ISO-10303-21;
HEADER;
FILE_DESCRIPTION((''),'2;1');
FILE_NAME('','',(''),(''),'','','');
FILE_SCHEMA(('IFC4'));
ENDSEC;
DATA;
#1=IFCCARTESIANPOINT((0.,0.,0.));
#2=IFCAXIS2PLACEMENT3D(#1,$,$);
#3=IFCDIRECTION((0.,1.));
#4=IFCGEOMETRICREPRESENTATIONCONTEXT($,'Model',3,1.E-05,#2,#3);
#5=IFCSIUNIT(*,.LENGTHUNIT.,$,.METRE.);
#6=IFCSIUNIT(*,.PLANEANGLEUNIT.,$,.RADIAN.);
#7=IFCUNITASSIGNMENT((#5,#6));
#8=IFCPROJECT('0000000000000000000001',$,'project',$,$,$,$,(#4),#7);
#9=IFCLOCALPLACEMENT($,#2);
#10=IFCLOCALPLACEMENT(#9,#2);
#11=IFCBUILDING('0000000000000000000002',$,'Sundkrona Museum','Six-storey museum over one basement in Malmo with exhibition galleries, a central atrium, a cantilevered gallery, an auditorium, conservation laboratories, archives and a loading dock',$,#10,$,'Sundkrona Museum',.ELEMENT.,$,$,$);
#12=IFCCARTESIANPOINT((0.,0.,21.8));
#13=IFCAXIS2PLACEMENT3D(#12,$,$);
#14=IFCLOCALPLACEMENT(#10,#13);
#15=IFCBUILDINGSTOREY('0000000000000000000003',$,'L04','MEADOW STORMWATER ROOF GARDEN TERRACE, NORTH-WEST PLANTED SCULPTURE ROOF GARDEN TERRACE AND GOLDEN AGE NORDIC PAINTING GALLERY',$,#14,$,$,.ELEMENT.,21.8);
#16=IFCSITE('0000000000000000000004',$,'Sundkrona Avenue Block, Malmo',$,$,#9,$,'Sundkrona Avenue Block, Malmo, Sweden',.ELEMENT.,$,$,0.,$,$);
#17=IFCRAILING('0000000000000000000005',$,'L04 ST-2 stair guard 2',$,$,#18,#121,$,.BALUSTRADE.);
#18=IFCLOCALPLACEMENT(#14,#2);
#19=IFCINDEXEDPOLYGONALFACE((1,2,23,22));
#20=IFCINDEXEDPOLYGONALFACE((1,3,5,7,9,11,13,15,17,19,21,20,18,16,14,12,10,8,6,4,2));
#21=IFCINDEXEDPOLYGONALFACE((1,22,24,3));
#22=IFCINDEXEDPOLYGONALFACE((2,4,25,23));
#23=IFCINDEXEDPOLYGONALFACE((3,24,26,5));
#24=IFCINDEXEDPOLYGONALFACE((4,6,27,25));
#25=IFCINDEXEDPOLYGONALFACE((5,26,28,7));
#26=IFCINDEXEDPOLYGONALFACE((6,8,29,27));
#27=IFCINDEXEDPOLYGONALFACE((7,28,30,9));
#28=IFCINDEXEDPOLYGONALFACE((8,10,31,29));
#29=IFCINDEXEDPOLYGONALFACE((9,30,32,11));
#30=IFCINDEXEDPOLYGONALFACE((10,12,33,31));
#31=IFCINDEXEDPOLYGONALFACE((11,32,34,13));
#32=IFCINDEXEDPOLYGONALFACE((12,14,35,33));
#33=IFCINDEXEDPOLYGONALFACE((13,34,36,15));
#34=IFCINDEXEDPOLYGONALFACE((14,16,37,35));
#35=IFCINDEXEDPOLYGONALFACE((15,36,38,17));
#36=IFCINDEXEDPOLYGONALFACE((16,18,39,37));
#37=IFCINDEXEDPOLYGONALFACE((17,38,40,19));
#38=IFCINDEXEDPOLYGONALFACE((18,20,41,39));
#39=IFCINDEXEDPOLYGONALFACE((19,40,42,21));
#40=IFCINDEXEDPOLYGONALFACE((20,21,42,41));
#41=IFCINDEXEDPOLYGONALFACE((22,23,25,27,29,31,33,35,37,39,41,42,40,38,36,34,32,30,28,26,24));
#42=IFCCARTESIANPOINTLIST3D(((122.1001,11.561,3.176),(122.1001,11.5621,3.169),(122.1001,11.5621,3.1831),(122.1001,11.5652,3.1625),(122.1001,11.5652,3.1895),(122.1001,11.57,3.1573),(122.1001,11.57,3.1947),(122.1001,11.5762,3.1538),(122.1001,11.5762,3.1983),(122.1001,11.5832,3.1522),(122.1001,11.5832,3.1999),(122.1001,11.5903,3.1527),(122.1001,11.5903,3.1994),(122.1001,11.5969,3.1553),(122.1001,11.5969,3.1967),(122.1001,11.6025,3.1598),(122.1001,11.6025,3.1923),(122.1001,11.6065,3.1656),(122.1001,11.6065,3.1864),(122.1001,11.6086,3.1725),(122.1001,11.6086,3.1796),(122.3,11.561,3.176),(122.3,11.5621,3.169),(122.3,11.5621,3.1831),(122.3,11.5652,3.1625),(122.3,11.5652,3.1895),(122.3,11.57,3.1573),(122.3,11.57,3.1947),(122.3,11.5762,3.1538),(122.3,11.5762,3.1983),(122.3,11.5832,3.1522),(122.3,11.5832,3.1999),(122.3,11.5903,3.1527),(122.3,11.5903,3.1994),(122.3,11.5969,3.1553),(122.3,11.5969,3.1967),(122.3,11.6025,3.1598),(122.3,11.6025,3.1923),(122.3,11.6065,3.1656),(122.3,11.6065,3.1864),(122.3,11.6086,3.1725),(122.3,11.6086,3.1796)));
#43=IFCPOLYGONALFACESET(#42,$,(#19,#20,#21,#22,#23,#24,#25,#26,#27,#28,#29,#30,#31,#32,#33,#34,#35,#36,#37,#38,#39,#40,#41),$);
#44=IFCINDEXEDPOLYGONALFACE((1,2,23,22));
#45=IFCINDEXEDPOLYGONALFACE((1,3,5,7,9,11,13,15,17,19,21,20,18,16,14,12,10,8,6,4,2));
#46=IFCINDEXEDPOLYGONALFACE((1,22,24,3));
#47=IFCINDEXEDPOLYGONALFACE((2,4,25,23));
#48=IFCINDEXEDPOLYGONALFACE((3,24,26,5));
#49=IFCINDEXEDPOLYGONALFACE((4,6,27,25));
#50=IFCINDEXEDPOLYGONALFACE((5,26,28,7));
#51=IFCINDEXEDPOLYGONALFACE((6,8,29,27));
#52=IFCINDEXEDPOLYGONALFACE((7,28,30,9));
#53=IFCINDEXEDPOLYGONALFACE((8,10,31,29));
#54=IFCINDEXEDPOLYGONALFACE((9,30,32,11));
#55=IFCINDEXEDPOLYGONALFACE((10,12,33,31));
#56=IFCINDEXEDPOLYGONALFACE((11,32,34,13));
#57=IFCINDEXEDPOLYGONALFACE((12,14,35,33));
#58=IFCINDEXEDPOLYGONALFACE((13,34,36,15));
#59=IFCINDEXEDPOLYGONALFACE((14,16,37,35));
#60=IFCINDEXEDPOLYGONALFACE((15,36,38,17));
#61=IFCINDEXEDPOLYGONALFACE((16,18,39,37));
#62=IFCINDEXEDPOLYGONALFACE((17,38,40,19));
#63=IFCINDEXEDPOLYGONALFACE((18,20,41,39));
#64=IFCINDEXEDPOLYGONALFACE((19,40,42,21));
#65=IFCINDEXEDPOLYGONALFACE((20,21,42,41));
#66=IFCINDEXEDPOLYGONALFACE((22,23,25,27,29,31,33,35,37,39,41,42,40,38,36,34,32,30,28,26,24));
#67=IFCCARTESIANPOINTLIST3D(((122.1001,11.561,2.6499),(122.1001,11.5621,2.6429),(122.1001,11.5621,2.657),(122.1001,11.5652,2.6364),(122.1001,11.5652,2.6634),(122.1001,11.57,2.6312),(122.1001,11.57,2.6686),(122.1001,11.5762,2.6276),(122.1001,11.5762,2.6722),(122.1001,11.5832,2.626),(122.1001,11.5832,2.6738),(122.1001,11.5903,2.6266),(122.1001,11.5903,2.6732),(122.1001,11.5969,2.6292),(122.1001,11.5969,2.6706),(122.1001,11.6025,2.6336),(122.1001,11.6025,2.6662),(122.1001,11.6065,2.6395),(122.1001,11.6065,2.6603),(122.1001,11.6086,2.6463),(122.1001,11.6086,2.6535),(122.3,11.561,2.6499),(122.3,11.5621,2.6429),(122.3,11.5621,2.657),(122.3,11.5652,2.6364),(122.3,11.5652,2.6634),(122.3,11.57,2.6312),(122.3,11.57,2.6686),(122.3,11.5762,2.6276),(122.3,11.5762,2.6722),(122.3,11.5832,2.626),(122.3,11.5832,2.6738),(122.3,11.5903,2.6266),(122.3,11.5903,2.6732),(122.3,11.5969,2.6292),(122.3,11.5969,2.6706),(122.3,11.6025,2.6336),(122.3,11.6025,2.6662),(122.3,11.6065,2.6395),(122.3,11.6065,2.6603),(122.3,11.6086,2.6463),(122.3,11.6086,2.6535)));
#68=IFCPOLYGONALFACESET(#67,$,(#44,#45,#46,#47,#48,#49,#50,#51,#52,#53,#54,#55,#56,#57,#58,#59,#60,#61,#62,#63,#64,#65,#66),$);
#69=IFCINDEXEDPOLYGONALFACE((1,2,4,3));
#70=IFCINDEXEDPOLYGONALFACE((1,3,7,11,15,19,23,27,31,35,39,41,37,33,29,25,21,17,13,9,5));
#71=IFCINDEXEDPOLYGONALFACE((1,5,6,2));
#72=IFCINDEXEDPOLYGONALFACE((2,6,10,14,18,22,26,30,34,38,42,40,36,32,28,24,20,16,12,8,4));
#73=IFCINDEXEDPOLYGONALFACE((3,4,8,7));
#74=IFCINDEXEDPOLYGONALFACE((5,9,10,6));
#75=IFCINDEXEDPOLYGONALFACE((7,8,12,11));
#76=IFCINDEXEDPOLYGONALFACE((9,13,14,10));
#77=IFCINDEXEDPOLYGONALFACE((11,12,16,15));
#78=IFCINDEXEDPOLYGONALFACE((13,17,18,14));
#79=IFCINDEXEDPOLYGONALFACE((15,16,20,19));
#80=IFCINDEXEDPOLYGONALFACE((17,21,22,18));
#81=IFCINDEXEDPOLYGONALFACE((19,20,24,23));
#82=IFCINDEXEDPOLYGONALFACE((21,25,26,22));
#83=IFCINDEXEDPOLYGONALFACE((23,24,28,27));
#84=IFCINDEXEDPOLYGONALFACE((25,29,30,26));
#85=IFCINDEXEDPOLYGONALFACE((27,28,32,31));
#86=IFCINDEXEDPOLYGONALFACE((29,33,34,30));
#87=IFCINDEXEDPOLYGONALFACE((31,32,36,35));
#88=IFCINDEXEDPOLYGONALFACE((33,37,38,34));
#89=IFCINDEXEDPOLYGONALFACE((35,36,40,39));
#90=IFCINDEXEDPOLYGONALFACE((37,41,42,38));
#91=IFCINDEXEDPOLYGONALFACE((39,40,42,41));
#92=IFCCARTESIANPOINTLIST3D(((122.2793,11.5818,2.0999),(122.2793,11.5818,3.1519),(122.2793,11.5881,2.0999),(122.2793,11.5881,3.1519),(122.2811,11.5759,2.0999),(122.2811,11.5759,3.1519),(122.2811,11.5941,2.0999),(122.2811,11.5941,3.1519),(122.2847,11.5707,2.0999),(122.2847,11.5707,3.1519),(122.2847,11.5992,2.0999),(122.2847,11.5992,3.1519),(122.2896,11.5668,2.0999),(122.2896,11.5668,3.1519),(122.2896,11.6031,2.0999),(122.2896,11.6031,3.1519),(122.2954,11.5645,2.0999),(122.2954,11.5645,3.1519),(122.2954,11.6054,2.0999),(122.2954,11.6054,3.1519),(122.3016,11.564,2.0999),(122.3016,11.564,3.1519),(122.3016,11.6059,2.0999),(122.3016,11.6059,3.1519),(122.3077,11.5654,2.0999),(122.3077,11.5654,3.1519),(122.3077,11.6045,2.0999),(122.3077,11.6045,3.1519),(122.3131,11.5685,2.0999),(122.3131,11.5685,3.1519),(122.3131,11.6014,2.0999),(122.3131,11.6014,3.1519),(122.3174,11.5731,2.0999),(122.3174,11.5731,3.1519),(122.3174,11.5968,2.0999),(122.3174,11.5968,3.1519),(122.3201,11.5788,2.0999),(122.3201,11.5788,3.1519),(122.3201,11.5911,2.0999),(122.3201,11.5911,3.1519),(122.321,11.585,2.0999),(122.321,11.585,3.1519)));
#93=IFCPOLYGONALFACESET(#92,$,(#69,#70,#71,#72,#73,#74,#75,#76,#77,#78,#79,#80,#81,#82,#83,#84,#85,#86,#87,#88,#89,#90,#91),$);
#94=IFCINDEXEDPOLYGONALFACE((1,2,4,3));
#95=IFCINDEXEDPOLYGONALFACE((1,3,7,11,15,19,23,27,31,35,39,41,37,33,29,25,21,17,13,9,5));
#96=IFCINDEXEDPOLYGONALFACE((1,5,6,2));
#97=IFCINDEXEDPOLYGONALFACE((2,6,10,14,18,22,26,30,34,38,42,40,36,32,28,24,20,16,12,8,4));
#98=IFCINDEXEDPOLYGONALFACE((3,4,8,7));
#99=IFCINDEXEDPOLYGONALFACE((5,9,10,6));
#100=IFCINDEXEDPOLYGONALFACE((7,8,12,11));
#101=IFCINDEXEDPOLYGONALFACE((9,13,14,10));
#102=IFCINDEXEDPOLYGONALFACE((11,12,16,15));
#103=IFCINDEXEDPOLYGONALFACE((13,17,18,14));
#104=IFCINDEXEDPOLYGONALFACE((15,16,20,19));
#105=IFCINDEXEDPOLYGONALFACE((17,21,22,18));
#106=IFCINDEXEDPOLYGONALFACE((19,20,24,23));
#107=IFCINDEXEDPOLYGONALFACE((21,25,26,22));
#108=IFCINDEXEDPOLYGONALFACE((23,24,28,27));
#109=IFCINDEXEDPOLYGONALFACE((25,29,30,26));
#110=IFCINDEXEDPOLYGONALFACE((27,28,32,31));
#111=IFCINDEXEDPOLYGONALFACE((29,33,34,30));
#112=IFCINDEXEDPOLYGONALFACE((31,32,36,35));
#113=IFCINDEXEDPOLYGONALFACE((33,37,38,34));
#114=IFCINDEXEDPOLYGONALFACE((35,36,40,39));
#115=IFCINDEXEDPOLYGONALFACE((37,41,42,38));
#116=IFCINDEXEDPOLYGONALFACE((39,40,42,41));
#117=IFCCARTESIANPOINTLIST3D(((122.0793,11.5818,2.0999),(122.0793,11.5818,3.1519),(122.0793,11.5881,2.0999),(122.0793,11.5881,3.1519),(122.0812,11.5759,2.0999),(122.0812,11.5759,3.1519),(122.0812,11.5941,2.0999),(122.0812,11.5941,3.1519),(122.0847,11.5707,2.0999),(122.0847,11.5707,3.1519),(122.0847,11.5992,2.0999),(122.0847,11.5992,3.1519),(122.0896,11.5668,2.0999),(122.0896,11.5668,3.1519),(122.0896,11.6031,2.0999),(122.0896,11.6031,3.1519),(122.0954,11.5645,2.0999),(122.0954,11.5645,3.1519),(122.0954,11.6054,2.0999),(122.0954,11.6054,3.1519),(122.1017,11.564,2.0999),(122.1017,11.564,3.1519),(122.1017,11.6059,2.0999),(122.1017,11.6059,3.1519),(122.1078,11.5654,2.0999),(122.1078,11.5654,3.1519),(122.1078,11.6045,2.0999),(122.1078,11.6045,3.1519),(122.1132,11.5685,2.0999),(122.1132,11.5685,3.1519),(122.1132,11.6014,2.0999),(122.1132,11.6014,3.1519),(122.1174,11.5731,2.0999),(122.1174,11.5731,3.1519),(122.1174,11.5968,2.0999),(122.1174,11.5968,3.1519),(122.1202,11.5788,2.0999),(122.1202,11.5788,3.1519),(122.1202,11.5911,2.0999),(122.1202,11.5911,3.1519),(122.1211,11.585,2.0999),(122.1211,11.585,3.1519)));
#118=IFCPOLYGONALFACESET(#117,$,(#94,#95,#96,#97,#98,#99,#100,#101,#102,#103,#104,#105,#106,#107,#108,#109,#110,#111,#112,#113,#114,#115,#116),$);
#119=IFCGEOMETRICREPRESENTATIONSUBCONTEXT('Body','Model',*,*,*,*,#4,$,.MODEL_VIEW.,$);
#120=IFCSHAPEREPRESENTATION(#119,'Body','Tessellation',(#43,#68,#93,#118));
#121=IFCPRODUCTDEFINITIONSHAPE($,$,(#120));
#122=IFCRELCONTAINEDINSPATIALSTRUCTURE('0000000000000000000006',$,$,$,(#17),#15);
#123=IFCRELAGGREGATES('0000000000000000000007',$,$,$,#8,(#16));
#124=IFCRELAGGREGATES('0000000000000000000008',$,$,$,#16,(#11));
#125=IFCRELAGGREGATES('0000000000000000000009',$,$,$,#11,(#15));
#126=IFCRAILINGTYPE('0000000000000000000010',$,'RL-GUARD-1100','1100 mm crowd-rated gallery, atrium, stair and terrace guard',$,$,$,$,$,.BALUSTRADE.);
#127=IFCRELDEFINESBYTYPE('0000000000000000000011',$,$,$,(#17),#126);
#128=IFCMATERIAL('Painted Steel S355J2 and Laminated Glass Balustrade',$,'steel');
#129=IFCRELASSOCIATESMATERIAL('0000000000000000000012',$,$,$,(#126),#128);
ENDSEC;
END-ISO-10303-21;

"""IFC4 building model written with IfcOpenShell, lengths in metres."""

from ifc_helpers import new_model, si_unit, direction, frame, origin, origin_2d, place, context, subcontext, project, spatial, circle, extrude, material, type_object, element, save


model = new_model("IFC4")

# Units and contexts
model_context = context("Model", 3, precision=1e-05, world=origin(), true_north=direction((0.0, 1.0)))
body_context = subcontext(model_context, "Body", "Model", "MODEL_VIEW")
ifc_project = project(units=[si_unit("LENGTHUNIT", "METRE"), si_unit("PLANEANGLEUNIT", "RADIAN")], contexts=[model_context])

# Site, building, storey
site_placement = place(None, origin())
site = spatial("IfcSite", under=ifc_project, at=site_placement, Name="Sundkrona Avenue Block, Malmo", LongName="Sundkrona Avenue Block, Malmo, Sweden", CompositionType="ELEMENT", RefElevation=0.0)
building_placement = place(site_placement, origin())
building = spatial("IfcBuilding", under=site, at=building_placement, Name="Sundkrona Museum", Description="Six-storey museum over one basement in Malmo with exhibition galleries, a central atrium, a cantilevered gallery, an auditorium, conservation laboratories, archives and a loading dock", LongName="Sundkrona Museum", CompositionType="ELEMENT")
storey_placement = place(building_placement, frame((0.0, 0.0, 21.8)))
storey = spatial("IfcBuildingStorey", under=building, at=storey_placement, Name="L04", Description="MEADOW STORMWATER ROOF GARDEN TERRACE, NORTH-WEST PLANTED SCULPTURE ROOF GARDEN TERRACE AND GOLDEN AGE NORDIC PAINTING GALLERY", CompositionType="ELEMENT", Elevation=21.8)

# Railing
ifc_material_1 = material(Name="Painted Steel S355J2 and Laminated Glass Balustrade", Category="steel")
railing_type_1 = type_object("IfcRailingType", Name="RL-GUARD-1100", Description="1100 mm crowd-rated gallery, atrium, stair and terrace guard", PredefinedType="BALUSTRADE", material=ifc_material_1)
railing_1_placement = place(storey_placement, frame((122.3, 11.585, 2.0999)))
element("IfcRailing", 1, at=railing_1_placement, inside=storey, type_object=railing_type_1, Name="L04 ST-2 stair guard 2", PredefinedType="BALUSTRADE", context=body_context, shape_type="SweptSolid", body=[
    extrude(circle(Radius=0.0239, at=origin_2d()), frame((0.0, 0.0, 1.0762), z_axis=(-1.0, 0.0, 0.0), x_axis=(0.0, -1.0, 0.0)), (0.0, 0.0, 1.0), 0.2),
    extrude(circle(Radius=0.0239, at=origin_2d()), frame((0.0, 0.0, 0.55), z_axis=(-1.0, 0.0, 0.0), x_axis=(0.0, -1.0, 0.0)), (0.0, 0.0, 1.0), 0.2),
    extrude(circle(Radius=0.021, at=origin_2d()), origin(), (0.0, 0.0, 1.0), 1.052),
    extrude(circle(Radius=0.021, at=origin_2d()), frame((-0.2, 0.0, 0.0)), (0.0, 0.0, 1.0), 1.052),
])

save(model, "model.ifc")
